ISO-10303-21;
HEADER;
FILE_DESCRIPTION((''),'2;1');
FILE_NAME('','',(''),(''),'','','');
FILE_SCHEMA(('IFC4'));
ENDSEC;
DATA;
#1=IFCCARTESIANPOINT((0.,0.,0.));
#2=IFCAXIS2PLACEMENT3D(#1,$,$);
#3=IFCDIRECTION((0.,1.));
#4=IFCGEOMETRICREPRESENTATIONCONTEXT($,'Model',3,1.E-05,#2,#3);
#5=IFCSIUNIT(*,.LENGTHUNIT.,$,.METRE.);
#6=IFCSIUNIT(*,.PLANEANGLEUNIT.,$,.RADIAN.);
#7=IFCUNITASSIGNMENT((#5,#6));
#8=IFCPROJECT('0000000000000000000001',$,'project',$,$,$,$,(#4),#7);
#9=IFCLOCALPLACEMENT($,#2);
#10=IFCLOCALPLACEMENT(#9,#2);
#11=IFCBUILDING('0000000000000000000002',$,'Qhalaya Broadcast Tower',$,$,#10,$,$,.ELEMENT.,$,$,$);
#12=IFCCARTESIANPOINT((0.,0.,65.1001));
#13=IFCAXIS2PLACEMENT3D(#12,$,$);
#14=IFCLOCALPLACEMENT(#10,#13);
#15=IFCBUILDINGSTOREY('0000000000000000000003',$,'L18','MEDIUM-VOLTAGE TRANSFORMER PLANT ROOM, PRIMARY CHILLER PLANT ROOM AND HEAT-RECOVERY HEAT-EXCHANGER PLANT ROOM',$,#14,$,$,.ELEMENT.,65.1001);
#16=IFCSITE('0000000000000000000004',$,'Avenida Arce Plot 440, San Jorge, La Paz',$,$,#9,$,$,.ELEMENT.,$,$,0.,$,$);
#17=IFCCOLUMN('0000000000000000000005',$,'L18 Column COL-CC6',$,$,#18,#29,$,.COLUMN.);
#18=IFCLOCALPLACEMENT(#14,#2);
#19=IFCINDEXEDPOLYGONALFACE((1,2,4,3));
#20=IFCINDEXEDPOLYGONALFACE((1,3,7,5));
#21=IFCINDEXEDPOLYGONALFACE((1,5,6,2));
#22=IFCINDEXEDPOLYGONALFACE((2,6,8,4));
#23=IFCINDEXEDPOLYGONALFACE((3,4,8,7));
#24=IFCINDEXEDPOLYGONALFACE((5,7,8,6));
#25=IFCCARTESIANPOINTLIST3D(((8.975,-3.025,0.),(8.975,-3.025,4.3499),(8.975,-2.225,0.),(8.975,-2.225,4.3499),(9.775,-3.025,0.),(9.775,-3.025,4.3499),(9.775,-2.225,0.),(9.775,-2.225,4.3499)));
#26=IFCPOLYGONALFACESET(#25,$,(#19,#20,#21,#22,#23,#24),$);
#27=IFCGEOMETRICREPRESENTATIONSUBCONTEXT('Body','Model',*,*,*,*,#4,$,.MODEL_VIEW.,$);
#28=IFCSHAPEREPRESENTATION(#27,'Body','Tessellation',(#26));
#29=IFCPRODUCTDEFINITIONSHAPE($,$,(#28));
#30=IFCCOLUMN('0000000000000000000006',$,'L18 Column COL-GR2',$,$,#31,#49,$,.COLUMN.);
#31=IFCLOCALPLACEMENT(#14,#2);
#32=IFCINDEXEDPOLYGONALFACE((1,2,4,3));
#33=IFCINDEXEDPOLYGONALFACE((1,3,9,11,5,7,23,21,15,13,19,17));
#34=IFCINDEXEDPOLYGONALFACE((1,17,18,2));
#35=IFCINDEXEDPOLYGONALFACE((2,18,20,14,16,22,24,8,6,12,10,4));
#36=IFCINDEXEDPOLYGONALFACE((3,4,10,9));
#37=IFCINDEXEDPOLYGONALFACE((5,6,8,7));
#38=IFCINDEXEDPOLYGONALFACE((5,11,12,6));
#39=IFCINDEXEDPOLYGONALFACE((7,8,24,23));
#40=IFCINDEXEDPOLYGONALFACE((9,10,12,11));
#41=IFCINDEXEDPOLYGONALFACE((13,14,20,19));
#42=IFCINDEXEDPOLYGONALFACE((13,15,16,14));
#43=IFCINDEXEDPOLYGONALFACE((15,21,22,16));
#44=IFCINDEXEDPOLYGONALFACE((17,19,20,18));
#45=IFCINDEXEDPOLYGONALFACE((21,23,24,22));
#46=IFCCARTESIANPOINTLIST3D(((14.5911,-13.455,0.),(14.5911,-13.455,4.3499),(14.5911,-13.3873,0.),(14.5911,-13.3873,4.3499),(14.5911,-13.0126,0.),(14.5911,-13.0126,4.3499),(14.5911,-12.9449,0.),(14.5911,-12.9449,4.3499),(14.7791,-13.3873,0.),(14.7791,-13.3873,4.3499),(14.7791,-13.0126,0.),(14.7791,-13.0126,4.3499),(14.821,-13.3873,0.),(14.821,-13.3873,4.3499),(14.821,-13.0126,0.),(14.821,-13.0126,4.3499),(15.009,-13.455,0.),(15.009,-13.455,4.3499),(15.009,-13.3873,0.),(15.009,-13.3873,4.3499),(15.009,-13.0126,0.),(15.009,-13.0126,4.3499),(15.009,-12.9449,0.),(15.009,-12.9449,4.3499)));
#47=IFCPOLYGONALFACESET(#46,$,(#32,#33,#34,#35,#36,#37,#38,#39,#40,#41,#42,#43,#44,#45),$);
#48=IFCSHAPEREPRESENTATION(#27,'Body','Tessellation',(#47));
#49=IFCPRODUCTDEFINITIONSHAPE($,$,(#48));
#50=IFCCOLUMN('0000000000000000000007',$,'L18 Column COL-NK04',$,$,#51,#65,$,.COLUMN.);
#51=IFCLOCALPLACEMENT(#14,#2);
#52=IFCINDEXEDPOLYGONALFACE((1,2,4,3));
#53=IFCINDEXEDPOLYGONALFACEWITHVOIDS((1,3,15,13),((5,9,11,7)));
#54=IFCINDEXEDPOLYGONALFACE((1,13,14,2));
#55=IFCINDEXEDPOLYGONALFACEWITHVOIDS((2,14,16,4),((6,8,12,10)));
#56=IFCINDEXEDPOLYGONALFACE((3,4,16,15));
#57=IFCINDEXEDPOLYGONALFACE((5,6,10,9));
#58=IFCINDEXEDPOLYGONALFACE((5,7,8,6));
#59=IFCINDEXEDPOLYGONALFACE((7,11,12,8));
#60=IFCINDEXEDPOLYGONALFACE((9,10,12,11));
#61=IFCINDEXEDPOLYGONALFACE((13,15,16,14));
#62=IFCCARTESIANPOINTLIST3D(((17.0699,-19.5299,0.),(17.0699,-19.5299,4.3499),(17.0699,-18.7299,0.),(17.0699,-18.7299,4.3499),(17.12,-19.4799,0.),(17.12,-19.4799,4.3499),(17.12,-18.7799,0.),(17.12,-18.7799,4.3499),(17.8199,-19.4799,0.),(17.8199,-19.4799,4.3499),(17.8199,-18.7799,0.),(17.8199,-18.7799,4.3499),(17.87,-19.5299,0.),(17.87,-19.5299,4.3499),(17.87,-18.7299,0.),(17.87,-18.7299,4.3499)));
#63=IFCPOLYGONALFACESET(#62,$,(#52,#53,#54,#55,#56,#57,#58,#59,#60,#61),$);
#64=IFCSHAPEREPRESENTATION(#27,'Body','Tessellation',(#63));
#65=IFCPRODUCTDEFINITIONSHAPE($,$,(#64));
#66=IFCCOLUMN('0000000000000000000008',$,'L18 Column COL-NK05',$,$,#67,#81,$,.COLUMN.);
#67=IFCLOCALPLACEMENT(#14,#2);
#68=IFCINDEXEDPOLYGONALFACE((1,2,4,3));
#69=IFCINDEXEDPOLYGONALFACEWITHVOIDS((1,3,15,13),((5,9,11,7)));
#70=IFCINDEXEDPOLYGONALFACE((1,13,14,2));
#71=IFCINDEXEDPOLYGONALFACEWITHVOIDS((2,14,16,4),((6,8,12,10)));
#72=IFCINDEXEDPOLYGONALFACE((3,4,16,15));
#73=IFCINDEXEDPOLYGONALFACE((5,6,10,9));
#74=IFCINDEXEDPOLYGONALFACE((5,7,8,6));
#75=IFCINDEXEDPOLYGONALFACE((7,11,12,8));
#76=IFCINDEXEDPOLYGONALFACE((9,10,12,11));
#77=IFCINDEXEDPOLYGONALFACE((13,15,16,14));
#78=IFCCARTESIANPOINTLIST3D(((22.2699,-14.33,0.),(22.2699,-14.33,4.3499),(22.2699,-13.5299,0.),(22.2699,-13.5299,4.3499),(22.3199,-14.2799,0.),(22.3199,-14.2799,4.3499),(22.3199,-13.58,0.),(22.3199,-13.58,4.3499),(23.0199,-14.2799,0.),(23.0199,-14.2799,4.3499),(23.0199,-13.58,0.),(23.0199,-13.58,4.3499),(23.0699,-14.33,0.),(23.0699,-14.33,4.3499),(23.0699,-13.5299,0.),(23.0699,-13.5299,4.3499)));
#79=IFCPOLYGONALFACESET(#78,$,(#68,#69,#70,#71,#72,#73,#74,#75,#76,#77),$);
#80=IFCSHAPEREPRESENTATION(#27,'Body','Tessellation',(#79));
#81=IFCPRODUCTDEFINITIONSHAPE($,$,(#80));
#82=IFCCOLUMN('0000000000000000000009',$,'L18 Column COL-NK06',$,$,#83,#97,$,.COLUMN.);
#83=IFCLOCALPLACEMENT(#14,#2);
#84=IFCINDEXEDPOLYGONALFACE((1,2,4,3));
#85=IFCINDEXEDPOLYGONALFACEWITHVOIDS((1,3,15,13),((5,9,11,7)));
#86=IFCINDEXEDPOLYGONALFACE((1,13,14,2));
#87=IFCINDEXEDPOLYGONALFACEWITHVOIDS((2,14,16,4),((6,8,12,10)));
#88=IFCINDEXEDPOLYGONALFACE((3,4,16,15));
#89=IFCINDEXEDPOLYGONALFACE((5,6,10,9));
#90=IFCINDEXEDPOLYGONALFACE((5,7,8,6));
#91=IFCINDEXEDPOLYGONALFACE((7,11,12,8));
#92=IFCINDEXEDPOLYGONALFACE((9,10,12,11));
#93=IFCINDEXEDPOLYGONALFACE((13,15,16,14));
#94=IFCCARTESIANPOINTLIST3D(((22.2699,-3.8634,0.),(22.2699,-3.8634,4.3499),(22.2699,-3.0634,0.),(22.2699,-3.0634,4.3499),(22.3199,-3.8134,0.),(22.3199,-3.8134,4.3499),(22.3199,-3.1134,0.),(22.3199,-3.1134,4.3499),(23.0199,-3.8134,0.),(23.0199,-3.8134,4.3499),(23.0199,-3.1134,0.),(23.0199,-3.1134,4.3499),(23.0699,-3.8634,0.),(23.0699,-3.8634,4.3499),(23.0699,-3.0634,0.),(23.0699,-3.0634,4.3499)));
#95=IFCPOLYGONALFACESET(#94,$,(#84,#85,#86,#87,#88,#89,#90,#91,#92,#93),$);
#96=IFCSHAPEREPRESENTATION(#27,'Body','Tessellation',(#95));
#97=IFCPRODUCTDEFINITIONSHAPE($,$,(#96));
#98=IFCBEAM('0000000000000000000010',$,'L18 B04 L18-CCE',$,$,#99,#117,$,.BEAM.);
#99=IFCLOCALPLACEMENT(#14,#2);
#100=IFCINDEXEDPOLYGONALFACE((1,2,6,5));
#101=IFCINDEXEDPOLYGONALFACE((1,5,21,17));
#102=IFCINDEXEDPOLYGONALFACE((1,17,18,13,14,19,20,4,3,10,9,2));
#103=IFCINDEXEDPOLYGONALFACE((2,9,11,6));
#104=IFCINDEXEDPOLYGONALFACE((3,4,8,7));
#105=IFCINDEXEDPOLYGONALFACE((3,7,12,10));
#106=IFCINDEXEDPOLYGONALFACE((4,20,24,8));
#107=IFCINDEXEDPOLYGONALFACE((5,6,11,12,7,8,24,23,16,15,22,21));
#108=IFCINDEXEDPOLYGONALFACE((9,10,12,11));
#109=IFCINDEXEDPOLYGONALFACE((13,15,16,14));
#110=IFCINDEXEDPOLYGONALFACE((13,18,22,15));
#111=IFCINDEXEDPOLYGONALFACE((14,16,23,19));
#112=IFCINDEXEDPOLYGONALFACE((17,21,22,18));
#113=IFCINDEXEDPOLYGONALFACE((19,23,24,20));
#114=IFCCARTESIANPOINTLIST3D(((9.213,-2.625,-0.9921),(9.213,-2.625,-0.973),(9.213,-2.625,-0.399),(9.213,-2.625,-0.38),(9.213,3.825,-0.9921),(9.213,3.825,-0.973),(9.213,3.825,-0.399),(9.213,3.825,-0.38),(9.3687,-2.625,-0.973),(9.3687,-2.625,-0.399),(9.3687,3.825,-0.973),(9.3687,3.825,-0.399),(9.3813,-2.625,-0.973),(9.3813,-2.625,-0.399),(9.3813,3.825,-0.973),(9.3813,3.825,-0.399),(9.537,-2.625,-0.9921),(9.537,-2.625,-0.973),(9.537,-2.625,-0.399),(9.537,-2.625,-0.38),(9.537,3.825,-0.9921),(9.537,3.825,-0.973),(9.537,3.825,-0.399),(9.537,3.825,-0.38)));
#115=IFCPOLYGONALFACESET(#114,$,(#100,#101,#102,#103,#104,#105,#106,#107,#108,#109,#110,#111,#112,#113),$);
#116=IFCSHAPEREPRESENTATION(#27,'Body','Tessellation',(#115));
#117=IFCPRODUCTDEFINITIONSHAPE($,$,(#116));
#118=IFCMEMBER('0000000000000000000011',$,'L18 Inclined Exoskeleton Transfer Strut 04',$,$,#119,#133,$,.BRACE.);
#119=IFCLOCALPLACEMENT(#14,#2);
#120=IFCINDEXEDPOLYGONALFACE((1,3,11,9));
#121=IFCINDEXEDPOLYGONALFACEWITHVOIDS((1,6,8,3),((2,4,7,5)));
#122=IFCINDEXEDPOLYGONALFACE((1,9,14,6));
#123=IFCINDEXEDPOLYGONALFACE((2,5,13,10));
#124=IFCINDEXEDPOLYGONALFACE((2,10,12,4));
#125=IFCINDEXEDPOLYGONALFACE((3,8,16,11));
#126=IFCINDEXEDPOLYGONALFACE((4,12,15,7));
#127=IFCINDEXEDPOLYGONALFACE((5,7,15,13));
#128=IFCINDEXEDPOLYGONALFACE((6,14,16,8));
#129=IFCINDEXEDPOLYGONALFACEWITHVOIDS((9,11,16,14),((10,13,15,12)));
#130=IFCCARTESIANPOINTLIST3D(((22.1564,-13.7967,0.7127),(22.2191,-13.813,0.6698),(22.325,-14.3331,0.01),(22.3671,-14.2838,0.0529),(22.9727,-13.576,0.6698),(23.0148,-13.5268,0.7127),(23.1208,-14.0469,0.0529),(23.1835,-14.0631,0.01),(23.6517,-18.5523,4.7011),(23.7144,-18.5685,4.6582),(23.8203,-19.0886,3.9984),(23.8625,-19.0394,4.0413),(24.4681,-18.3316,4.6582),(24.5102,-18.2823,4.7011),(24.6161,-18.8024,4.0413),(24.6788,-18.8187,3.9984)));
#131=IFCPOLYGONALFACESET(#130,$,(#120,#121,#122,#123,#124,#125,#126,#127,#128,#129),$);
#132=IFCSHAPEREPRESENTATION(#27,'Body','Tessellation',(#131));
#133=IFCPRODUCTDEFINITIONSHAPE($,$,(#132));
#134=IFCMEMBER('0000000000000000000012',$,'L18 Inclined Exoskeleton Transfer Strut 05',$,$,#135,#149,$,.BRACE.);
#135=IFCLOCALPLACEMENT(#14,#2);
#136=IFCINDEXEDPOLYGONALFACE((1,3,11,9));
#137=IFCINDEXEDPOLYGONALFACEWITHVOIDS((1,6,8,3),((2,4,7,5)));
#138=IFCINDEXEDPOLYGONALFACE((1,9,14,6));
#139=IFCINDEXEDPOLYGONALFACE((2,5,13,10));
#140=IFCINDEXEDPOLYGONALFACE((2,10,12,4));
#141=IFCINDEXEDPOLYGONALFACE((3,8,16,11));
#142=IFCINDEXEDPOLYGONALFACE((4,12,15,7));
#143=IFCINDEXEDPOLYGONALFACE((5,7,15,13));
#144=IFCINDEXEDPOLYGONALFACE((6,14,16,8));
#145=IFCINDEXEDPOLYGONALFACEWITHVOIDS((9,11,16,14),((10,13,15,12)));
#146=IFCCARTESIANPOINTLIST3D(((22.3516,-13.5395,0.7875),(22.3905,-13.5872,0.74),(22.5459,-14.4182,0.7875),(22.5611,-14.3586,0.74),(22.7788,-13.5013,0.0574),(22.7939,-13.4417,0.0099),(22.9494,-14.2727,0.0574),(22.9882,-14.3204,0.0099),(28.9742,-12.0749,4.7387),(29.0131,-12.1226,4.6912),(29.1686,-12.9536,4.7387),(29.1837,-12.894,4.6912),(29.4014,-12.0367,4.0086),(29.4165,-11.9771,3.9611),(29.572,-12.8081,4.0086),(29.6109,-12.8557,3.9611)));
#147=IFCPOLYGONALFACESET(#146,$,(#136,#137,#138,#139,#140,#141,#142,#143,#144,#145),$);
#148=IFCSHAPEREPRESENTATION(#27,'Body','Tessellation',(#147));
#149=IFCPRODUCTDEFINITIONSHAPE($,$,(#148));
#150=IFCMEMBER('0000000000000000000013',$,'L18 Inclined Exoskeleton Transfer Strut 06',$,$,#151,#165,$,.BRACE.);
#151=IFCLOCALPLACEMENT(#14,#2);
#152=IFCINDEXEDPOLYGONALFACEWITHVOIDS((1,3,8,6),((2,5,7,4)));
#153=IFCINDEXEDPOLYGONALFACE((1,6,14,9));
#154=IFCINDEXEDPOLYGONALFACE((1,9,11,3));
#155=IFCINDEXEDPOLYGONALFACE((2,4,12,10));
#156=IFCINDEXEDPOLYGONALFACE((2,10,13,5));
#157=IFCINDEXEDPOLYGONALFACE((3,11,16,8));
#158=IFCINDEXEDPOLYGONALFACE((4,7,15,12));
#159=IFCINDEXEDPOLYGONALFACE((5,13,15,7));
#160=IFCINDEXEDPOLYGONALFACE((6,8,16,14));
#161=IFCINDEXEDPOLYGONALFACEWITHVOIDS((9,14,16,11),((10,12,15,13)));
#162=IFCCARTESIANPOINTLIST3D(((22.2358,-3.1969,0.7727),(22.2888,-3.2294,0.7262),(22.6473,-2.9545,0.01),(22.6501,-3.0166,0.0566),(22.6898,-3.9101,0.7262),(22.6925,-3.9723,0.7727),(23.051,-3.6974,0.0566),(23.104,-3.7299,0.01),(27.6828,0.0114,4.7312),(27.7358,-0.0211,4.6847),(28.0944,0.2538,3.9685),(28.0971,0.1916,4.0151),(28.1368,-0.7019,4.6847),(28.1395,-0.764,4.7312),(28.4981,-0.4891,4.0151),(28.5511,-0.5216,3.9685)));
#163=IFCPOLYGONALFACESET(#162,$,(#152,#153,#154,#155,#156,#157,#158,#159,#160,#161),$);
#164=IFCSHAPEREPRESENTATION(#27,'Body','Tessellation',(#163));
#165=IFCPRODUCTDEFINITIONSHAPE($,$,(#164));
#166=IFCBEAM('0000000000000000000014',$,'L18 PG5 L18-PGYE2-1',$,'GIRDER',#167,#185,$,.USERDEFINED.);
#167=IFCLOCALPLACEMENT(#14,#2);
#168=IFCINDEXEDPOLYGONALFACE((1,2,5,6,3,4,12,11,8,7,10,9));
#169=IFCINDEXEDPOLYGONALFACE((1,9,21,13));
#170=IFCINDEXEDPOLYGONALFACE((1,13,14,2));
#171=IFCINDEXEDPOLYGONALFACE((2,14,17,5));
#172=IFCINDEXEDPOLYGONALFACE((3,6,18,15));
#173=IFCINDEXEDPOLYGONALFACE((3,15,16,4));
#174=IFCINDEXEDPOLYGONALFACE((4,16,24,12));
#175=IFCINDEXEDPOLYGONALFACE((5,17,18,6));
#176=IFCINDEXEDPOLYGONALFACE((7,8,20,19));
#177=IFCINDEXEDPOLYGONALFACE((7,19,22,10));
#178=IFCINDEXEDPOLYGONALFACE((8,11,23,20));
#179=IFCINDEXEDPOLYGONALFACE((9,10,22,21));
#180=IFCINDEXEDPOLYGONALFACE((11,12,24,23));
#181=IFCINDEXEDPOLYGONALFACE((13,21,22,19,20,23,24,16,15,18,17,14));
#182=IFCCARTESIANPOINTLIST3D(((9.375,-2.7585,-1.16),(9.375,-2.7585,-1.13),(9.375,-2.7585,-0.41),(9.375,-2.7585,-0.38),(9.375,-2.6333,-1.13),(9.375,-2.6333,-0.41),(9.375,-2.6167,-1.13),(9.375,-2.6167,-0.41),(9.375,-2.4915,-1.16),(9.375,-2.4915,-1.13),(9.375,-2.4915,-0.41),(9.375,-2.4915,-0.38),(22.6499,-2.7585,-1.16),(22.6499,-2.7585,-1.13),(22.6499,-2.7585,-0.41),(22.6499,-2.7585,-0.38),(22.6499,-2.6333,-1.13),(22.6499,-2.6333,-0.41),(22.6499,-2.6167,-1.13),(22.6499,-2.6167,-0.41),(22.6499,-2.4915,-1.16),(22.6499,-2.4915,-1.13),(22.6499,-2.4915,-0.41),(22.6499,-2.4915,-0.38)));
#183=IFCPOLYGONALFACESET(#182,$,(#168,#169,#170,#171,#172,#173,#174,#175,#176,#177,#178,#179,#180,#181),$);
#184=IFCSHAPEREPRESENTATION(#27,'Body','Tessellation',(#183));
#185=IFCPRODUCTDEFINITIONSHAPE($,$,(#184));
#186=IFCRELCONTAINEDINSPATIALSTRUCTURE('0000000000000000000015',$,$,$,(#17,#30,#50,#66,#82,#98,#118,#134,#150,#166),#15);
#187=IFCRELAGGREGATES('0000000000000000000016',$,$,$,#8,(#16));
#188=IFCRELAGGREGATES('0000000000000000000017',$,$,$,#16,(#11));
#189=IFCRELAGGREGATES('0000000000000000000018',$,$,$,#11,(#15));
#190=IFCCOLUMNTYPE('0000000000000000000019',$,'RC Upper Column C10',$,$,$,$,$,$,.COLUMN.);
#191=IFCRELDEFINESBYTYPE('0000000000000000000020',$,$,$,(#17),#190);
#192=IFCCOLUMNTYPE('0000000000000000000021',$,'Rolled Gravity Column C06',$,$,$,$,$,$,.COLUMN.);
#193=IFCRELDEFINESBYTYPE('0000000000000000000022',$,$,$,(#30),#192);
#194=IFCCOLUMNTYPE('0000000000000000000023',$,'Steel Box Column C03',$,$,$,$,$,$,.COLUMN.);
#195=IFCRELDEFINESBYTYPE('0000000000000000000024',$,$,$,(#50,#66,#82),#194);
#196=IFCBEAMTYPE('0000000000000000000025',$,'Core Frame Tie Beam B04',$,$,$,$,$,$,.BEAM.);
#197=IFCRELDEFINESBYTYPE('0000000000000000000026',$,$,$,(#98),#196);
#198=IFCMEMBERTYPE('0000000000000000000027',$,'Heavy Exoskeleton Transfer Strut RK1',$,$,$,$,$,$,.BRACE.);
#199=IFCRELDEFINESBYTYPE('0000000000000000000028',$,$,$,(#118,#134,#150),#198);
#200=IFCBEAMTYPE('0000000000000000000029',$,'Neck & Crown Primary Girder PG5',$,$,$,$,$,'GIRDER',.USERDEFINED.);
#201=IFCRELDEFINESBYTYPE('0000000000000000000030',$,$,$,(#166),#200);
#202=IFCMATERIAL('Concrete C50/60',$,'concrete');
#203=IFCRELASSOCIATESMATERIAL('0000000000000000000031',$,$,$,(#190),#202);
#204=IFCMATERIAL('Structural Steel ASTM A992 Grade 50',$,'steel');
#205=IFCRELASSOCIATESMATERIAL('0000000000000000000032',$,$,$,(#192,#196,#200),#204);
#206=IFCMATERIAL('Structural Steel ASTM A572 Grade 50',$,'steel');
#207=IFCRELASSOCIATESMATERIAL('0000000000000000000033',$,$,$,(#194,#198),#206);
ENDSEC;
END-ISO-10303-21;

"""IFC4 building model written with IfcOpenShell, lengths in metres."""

from ifc_helpers import new_model, si_unit, direction, frame, origin, origin_2d, place, context, subcontext, project, spatial, rectangle, hollow_rectangle, i_section, extrude, material, material_profile, profile_set, type_object, element, save


model = new_model("IFC4")

# Units and contexts
model_context = context("Model", 3, precision=1e-05, world=origin(), true_north=direction((0.0, 1.0)))
body_context = subcontext(model_context, "Body", "Model", "MODEL_VIEW")
ifc_project = project(units=[si_unit("LENGTHUNIT", "METRE"), si_unit("PLANEANGLEUNIT", "RADIAN")], contexts=[model_context])

# Site, building, storey
site_placement = place(None, origin())
site = spatial("IfcSite", under=ifc_project, at=site_placement, Name="Avenida Arce Plot 440, San Jorge, La Paz", CompositionType="ELEMENT", RefElevation=0.0)
building_placement = place(site_placement, origin())
building = spatial("IfcBuilding", under=site, at=building_placement, Name="Qhalaya Broadcast Tower", CompositionType="ELEMENT")
storey_placement = place(building_placement, frame((0.0, 0.0, 65.1001)))
storey = spatial("IfcBuildingStorey", under=building, at=storey_placement, Name="L18", Description="MEDIUM-VOLTAGE TRANSFORMER PLANT ROOM, PRIMARY CHILLER PLANT ROOM AND HEAT-RECOVERY HEAT-EXCHANGER PLANT ROOM", CompositionType="ELEMENT", Elevation=65.1001)

# Columns
ifc_material_1 = material(Name="Concrete C50/60", Category="concrete")
ifc_material_profile_1 = material_profile(ifc_material_1, rectangle(XDim=0.8, YDim=0.8, at=origin_2d()), Name="RC-COL 800x800")
ifc_profile_set_1 = profile_set([ifc_material_profile_1], Name="Concrete C50/60")
column_type_1 = type_object("IfcColumnType", Name="RC Upper Column C10", PredefinedType="COLUMN", material=ifc_profile_set_1)
column_1_placement = place(storey_placement, frame((9.375, -2.625, 0.0), z_axis=(0.0, 0.0, 1.0), x_axis=(1.0, 0.0, 0.0)))
element("IfcColumn", 1, at=column_1_placement, inside=storey, type_object=column_type_1, Name="L18 Column COL-CC6", PredefinedType="COLUMN", context=body_context, shape_type="SweptSolid", body=[
    extrude(rectangle(XDim=0.8, YDim=0.8, at=origin_2d()), origin(), (0.0, 0.0, 1.0), 4.3499),
])
ifc_material_2 = material(Name="Structural Steel ASTM A992 Grade 50", Category="steel")
ifc_material_profile_2 = material_profile(ifc_material_2, i_section(OverallWidth=0.418, OverallDepth=0.51, WebThickness=0.042, FlangeThickness=0.0676, at=origin_2d()), Name="W14X370")
ifc_profile_set_2 = profile_set([ifc_material_profile_2], Name="Structural Steel ASTM A992 Grade 50")
column_type_2 = type_object("IfcColumnType", Name="Rolled Gravity Column C06", PredefinedType="COLUMN", material=ifc_profile_set_2)
column_2_placement = place(storey_placement, frame((14.8, -13.2, 0.0), z_axis=(0.0, 0.0, 1.0), x_axis=(1.0, 0.0, 0.0)))
element("IfcColumn", 2, at=column_2_placement, inside=storey, type_object=column_type_2, Name="L18 Column COL-GR2", PredefinedType="COLUMN", context=body_context, shape_type="SweptSolid", body=[
    extrude(i_section(OverallWidth=0.418, OverallDepth=0.51, WebThickness=0.042, FlangeThickness=0.0676, at=origin_2d()), origin(), (0.0, 0.0, 1.0), 4.3499),
])
ifc_material_3 = material(Name="Structural Steel ASTM A572 Grade 50", Category="steel")
ifc_material_profile_3 = material_profile(ifc_material_3, hollow_rectangle(XDim=0.8, YDim=0.8, WallThickness=0.05, at=origin_2d()), Name="BOX 800x800x50")
ifc_profile_set_3 = profile_set([ifc_material_profile_3], Name="Structural Steel ASTM A572 Grade 50")
column_type_3 = type_object("IfcColumnType", Name="Steel Box Column C03", PredefinedType="COLUMN", material=ifc_profile_set_3)
for number, where, z_axis, x_axis, name in (
    (3, (17.47, -19.1299, 0.0), (0.0, 0.0, 1.0), (1.0, 0.0, 0.0), "L18 Column COL-NK04"),
    (4, (22.6699, -13.9299, 0.0), (0.0, 0.0, 1.0), (0.0, 1.0, 0.0), "L18 Column COL-NK05"),
    (5, (22.6699, -3.4634, 0.0), (0.0, 0.0, 1.0), (0.0, 1.0, 0.0), "L18 Column COL-NK06"),
):
    element("IfcColumn", number, at=place(storey_placement, frame(where, z_axis=z_axis, x_axis=x_axis)), inside=storey, type_object=column_type_3, Name=name, PredefinedType="COLUMN", context=body_context, shape_type="SweptSolid", body=[
        extrude(hollow_rectangle(XDim=0.8, YDim=0.8, WallThickness=0.05, at=origin_2d()), origin(), (0.0, 0.0, 1.0), 4.3499),
    ])

# Beam
ifc_material_profile_4 = material_profile(ifc_material_2, i_section(OverallWidth=0.324, OverallDepth=0.6121, WebThickness=0.0127, FlangeThickness=0.019, at=origin_2d()), Name="W24X104")
ifc_profile_set_4 = profile_set([ifc_material_profile_4], Name="Structural Steel ASTM A992 Grade 50")
beam_type_1 = type_object("IfcBeamType", Name="Core Frame Tie Beam B04", PredefinedType="BEAM", material=ifc_profile_set_4)
beam_1_placement = place(storey_placement, frame((9.375, -2.625, -0.686), z_axis=(0.0, 1.0, 0.0), x_axis=(-1.0, 0.0, 0.0)))
element("IfcBeam", 6, at=beam_1_placement, inside=storey, type_object=beam_type_1, Name="L18 B04 L18-CCE", PredefinedType="BEAM", context=body_context, shape_type="SweptSolid", body=[
    extrude(i_section(OverallWidth=0.324, OverallDepth=0.6121, WebThickness=0.0127, FlangeThickness=0.019, at=origin_2d()), origin(), (0.0, 0.0, 1.0), 6.45),
])

# Members
ifc_material_profile_5 = material_profile(ifc_material_3, hollow_rectangle(XDim=0.8999, YDim=0.8999, WallThickness=0.0549, at=origin_2d()), Name="BOX 900x900x55")
ifc_profile_set_5 = profile_set([ifc_material_profile_5], Name="Structural Steel ASTM A572 Grade 50")
member_type = type_object("IfcMemberType", Name="Heavy Exoskeleton Transfer Strut RK1", PredefinedType="BRACE", material=ifc_profile_set_5)
member_1_placement = place(storey_placement, frame((22.6699, -13.9299, 0.3613), z_axis=(0.234222, -0.744883, 0.624732), x_axis=(0.953951, 0.299962, 0.0)))
element("IfcMember", 7, at=member_1_placement, inside=storey, type_object=member_type, Name="L18 Inclined Exoskeleton Transfer Strut 04", PredefinedType="BRACE", context=body_context, shape_type="SweptSolid", body=[
    extrude(hollow_rectangle(XDim=0.8999, YDim=0.8999, WallThickness=0.0549, at=origin_2d()), origin(), (0.0, 0.0, 1.0), 6.3843),
])
member_2_placement = place(storey_placement, frame((22.6699, -13.9299, 0.3987), z_axis=(0.843689, 0.186584, 0.503364), x_axis=(-0.215936, 0.976408, 0.0)))
element("IfcMember", 8, at=member_2_placement, inside=storey, type_object=member_type, Name="L18 Inclined Exoskeleton Transfer Strut 05", PredefinedType="BRACE", context=body_context, shape_type="SweptSolid", body=[
    extrude(hollow_rectangle(XDim=0.8999, YDim=0.8999, WallThickness=0.0549, at=origin_2d()), origin(), (0.0, 0.0, 1.0), 7.8496),
])
member_3_placement = place(storey_placement, frame((22.6699, -3.4634, 0.3914), z_axis=(0.730288, 0.430134, 0.53072), x_axis=(-0.507504, 0.861649, 0.0)))
element("IfcMember", 9, at=member_3_placement, inside=storey, type_object=member_type, Name="L18 Inclined Exoskeleton Transfer Strut 06", PredefinedType="BRACE", context=body_context, shape_type="SweptSolid", body=[
    extrude(hollow_rectangle(XDim=0.8999, YDim=0.8999, WallThickness=0.0549, at=origin_2d()), origin(), (0.0, 0.0, 1.0), 7.4587),
])

# Beam
ifc_material_profile_6 = material_profile(ifc_material_2, i_section(OverallWidth=0.2671, OverallDepth=0.78, WebThickness=0.0166, FlangeThickness=0.03, at=origin_2d()), Name="W30X148")
ifc_profile_set_6 = profile_set([ifc_material_profile_6], Name="Structural Steel ASTM A992 Grade 50")
beam_type_2 = type_object("IfcBeamType", Name="Neck & Crown Primary Girder PG5", ElementType="GIRDER", PredefinedType="USERDEFINED", material=ifc_profile_set_6)
beam_2_placement = place(storey_placement, frame((9.375, -2.625, -0.77), z_axis=(1.0, 0.0, 0.0), x_axis=(0.0, 1.0, 0.0)))
element("IfcBeam", 10, at=beam_2_placement, inside=storey, type_object=beam_type_2, Name="L18 PG5 L18-PGYE2-1", ObjectType="GIRDER", PredefinedType="USERDEFINED", context=body_context, shape_type="SweptSolid", body=[
    extrude(i_section(OverallWidth=0.2671, OverallDepth=0.78, WebThickness=0.0166, FlangeThickness=0.03, at=origin_2d()), origin(), (0.0, 0.0, 1.0), 13.2749),
])

save(model, "model.ifc")
